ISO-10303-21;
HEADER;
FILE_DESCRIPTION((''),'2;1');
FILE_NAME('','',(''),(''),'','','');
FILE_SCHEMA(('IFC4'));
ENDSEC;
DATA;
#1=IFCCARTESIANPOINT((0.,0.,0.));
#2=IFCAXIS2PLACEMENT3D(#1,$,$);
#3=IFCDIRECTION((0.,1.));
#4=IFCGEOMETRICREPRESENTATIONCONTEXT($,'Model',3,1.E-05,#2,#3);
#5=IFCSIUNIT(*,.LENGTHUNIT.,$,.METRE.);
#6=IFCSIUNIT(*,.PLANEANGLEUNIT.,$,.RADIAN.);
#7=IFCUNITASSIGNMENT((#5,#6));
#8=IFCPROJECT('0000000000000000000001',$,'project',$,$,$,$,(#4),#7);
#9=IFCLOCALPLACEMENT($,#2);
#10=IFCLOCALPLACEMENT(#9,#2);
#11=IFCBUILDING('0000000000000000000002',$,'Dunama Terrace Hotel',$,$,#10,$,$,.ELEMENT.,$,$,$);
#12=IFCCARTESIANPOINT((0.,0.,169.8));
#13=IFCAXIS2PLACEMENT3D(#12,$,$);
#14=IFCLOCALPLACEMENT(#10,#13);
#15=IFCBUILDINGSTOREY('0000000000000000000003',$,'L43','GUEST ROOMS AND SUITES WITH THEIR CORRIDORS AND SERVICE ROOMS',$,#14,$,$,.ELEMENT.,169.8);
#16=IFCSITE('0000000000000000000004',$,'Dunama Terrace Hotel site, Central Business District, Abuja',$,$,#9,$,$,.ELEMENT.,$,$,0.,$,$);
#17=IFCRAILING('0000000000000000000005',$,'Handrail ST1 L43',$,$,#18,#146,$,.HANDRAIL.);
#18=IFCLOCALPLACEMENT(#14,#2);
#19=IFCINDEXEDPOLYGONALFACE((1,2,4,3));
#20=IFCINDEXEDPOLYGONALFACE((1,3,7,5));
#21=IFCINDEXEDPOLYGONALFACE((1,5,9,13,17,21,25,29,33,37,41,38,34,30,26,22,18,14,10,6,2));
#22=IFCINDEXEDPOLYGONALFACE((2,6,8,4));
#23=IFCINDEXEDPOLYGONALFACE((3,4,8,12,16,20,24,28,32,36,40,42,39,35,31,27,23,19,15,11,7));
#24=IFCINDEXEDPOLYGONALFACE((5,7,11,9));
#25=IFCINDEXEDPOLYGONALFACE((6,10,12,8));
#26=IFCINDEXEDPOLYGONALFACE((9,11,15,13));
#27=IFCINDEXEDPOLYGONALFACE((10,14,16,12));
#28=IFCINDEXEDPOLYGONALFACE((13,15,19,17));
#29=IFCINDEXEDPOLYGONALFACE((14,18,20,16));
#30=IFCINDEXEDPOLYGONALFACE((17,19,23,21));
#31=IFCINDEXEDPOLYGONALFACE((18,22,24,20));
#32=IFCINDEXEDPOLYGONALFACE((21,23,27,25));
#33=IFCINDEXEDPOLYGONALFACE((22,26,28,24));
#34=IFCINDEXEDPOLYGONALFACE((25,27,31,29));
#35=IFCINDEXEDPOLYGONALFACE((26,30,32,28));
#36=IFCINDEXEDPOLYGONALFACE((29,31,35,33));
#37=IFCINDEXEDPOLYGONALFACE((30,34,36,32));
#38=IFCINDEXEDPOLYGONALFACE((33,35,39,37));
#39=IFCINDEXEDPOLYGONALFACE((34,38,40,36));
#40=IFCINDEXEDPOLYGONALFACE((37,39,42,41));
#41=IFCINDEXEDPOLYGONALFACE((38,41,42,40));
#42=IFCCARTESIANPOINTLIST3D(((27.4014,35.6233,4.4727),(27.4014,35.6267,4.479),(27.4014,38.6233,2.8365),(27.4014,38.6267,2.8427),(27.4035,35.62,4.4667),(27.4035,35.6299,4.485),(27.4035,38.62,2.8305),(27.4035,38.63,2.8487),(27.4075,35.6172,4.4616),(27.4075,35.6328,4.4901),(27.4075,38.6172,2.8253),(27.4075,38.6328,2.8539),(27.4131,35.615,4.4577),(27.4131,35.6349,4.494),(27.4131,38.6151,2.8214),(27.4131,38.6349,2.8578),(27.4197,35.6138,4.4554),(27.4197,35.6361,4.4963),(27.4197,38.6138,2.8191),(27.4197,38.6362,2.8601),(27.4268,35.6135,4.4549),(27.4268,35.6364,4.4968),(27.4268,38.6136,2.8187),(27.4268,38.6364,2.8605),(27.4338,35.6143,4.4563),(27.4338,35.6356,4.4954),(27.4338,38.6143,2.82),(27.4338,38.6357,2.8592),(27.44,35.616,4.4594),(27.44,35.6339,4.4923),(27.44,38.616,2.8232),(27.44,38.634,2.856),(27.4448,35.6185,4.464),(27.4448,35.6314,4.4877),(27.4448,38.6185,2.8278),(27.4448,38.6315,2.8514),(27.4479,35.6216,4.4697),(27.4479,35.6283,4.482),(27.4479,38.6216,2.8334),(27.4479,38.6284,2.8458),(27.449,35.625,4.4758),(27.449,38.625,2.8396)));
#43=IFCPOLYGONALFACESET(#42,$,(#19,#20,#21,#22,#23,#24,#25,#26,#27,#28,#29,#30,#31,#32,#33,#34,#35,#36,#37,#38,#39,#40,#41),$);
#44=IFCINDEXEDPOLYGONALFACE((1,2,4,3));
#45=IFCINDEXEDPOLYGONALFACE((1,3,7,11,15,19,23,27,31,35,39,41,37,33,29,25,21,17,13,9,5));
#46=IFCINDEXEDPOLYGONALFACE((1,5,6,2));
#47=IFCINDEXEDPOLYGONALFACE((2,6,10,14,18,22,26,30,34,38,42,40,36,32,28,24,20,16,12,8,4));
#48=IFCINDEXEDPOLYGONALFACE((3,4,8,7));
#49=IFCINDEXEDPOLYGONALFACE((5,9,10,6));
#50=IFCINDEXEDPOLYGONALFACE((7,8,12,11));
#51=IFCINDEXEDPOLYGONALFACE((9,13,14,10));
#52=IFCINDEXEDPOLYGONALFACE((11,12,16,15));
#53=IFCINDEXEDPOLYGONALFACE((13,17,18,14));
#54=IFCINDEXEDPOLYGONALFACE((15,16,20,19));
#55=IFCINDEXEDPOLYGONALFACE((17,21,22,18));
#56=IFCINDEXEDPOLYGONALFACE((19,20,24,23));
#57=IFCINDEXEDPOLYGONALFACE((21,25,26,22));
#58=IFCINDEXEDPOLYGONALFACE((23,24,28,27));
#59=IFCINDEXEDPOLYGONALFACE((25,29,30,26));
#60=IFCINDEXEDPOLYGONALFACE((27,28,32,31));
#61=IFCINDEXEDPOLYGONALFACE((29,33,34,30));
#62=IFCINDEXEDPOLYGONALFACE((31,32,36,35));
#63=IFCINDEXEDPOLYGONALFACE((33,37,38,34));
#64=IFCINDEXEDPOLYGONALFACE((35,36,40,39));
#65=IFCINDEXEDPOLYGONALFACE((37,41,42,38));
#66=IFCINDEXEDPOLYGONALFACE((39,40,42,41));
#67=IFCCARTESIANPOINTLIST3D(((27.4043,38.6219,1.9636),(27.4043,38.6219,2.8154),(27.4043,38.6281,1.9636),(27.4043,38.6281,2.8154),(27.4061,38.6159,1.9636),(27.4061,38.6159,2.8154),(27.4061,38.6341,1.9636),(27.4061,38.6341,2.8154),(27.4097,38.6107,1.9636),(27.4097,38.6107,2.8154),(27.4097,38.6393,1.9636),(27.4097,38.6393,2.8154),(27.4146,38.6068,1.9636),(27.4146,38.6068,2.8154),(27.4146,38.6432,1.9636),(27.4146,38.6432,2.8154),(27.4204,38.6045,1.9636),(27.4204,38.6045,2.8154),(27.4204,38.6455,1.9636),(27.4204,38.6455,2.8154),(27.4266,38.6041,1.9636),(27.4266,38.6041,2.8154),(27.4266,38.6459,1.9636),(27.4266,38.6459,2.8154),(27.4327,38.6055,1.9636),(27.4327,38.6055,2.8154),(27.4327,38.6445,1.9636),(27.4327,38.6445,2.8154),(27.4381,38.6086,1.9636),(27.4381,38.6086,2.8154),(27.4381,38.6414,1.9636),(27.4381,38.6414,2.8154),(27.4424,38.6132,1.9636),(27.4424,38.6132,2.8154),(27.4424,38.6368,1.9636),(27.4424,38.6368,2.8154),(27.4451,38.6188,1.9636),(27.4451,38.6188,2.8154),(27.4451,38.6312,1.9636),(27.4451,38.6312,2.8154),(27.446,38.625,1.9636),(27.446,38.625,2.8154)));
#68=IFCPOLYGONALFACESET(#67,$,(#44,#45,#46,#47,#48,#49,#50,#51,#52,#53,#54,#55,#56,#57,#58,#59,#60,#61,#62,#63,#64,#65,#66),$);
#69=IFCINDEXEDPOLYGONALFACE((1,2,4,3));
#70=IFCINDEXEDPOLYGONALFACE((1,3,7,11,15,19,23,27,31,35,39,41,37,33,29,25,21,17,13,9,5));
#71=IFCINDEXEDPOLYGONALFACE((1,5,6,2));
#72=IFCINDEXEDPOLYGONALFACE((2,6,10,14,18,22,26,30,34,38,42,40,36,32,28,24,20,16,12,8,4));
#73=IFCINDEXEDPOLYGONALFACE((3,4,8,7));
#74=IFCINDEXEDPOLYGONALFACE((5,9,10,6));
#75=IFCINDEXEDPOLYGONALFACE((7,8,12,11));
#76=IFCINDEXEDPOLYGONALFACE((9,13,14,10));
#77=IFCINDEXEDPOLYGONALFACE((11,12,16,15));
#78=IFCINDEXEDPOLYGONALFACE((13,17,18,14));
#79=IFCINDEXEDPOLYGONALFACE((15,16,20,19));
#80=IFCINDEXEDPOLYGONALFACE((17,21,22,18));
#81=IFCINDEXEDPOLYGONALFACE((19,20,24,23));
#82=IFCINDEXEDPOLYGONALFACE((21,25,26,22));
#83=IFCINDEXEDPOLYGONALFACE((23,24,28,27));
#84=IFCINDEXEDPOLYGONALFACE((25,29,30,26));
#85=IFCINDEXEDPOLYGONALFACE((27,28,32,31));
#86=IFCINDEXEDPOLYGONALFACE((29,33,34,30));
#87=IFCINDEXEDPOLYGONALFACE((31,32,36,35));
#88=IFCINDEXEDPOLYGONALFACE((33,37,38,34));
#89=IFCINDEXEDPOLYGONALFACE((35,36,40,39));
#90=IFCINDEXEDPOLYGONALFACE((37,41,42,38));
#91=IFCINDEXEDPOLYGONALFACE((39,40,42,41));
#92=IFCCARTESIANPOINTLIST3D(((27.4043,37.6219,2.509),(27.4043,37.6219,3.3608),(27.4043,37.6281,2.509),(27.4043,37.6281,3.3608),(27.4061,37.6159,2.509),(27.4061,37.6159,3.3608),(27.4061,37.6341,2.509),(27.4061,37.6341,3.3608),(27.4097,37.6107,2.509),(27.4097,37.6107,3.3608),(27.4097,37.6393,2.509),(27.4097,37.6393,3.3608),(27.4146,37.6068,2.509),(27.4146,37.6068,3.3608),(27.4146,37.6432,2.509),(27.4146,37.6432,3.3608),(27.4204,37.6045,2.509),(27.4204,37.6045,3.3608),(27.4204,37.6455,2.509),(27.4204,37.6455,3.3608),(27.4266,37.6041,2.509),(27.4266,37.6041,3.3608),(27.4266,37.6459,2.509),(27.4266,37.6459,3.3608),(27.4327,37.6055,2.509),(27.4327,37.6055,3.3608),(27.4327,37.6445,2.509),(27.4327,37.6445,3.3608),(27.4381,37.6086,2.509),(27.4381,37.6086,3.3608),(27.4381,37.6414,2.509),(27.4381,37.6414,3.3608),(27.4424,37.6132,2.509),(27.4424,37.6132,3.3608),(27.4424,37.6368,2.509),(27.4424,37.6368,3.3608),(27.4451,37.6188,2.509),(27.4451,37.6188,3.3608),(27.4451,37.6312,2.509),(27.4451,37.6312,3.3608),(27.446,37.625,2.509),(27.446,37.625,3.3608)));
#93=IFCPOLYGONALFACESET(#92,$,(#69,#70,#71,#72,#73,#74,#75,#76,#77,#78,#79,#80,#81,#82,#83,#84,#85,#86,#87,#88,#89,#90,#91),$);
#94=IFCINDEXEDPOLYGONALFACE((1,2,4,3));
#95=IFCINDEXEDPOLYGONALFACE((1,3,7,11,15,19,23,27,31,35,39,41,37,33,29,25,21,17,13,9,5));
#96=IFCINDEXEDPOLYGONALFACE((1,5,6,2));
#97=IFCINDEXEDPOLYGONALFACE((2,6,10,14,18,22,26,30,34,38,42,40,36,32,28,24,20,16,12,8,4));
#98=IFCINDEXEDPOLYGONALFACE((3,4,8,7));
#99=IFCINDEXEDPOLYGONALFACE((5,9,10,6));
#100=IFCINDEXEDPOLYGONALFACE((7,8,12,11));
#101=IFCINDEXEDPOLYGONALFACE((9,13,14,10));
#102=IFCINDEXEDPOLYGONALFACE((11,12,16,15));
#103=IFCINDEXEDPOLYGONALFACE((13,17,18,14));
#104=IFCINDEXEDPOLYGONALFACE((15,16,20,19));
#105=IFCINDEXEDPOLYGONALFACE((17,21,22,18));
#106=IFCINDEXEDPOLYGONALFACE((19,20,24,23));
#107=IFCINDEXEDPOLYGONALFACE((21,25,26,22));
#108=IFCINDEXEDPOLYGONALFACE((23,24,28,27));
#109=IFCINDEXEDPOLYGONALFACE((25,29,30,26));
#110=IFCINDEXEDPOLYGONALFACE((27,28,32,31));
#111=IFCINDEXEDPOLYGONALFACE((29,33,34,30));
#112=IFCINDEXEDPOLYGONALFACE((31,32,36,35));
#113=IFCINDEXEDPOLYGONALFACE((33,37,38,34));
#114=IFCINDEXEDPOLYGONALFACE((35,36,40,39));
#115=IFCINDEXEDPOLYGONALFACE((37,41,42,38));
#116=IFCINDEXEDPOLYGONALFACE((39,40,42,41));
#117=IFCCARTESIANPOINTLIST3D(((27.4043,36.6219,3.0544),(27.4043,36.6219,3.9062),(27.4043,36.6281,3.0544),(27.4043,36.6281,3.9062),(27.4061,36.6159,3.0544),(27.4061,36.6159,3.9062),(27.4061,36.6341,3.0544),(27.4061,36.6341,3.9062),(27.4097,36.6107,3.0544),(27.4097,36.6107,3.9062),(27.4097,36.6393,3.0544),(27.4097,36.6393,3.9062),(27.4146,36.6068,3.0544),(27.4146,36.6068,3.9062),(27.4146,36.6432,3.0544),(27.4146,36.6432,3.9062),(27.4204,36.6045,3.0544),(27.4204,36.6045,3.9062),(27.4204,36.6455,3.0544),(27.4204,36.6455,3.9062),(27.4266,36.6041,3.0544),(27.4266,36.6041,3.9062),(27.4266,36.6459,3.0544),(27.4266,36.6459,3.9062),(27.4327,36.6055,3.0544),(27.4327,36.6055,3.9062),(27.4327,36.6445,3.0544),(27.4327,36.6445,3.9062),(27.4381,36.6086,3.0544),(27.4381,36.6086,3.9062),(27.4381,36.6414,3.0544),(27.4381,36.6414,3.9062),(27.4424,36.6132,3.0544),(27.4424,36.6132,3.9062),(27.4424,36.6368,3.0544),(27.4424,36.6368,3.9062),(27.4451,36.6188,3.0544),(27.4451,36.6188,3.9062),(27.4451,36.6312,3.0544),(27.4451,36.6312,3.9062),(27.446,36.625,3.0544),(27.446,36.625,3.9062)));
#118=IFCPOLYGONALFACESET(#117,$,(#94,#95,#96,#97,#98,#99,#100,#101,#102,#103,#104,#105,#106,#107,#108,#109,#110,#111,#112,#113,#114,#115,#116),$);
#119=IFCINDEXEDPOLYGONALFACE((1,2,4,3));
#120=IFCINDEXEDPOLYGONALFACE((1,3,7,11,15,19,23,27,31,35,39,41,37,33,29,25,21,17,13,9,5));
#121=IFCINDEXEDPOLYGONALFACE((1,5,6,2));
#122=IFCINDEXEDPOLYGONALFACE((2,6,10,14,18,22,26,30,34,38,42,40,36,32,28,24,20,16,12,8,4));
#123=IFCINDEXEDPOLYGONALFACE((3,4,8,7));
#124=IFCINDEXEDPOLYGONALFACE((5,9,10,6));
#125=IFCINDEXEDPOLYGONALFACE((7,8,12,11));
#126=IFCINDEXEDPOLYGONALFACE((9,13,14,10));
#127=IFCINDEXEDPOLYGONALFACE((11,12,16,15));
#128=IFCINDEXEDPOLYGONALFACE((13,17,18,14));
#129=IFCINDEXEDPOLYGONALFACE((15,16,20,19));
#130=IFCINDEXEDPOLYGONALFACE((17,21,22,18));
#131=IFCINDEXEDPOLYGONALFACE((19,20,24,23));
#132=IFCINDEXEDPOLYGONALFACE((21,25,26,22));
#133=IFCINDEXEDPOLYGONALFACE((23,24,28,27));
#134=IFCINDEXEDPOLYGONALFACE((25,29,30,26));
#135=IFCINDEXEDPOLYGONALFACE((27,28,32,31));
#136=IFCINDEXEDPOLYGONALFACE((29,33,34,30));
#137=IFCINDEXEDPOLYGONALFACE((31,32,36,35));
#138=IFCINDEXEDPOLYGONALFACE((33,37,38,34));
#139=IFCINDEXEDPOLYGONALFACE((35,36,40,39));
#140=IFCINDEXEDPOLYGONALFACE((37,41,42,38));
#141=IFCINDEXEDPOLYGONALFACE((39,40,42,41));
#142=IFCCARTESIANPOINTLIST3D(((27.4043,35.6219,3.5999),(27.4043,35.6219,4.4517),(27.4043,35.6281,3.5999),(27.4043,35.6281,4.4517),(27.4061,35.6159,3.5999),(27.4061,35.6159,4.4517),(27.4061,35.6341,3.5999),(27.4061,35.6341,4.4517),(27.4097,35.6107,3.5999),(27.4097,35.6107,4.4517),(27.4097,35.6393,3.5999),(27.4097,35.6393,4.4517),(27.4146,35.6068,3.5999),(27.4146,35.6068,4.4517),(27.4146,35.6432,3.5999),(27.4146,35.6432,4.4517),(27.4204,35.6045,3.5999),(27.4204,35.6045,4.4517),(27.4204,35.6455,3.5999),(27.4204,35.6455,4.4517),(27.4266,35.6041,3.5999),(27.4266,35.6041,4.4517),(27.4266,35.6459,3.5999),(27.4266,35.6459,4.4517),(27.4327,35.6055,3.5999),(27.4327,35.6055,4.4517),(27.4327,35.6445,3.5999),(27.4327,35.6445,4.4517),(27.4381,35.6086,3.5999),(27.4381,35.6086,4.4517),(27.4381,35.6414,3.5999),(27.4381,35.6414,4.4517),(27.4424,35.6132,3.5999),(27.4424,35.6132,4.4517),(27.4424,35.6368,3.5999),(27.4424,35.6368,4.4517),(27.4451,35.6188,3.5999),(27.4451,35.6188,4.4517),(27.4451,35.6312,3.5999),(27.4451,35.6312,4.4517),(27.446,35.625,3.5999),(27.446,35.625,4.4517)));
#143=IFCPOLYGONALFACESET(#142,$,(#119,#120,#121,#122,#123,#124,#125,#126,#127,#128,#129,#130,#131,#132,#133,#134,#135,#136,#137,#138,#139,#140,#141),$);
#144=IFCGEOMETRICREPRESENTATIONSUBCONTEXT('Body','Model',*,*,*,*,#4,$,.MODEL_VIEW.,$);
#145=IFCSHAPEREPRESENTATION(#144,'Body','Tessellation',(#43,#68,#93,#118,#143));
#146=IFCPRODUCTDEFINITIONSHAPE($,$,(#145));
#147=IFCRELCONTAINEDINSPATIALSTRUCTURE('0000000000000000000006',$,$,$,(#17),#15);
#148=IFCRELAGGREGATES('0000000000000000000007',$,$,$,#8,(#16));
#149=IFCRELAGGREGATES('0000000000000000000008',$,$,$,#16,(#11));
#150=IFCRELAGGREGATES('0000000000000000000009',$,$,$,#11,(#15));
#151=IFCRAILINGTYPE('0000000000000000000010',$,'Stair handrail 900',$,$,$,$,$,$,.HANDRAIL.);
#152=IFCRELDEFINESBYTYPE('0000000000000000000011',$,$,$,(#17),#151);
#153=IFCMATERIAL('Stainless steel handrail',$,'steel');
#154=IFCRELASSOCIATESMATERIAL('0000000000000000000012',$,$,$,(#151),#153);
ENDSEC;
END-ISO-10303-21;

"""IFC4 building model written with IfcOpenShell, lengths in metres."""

from ifc_helpers import new_model, si_unit, direction, frame, origin, origin_2d, place, context, subcontext, project, spatial, circle, extrude, material, type_object, element, save


model = new_model("IFC4")

# Units and contexts
model_context = context("Model", 3, precision=1e-05, world=origin(), true_north=direction((0.0, 1.0)))
body_context = subcontext(model_context, "Body", "Model", "MODEL_VIEW")
ifc_project = project(units=[si_unit("LENGTHUNIT", "METRE"), si_unit("PLANEANGLEUNIT", "RADIAN")], contexts=[model_context])

# Site, building, storey
site_placement = place(None, origin())
site = spatial("IfcSite", under=ifc_project, at=site_placement, Name="Dunama Terrace Hotel site, Central Business District, Abuja", CompositionType="ELEMENT", RefElevation=0.0)
building_placement = place(site_placement, origin())
building = spatial("IfcBuilding", under=site, at=building_placement, Name="Dunama Terrace Hotel", CompositionType="ELEMENT")
storey_placement = place(building_placement, frame((0.0, 0.0, 169.8)))
storey = spatial("IfcBuildingStorey", under=building, at=storey_placement, Name="L43", Description="GUEST ROOMS AND SUITES WITH THEIR CORRIDORS AND SERVICE ROOMS", CompositionType="ELEMENT", Elevation=169.8)

# Railing
ifc_material_1 = material(Name="Stainless steel handrail", Category="steel")
railing_type = type_object("IfcRailingType", Name="Stair handrail 900", PredefinedType="HANDRAIL", material=ifc_material_1)
railing_placement = place(storey_placement, frame((27.425, 38.625, 1.9636)))
element("IfcRailing", 1, at=railing_placement, inside=storey, type_object=railing_type, Name="Handrail ST1 L43", PredefinedType="HANDRAIL", context=body_context, shape_type="SweptSolid", body=[
    extrude(circle(Radius=0.0239, at=origin_2d()), frame((0.0, 0.0, 0.876), z_axis=(0.0, -0.877912, 0.478822), x_axis=(1.0, 0.0, 0.0)), (0.0, 0.0, 1.0), 3.4172),
    extrude(circle(Radius=0.021, at=origin_2d()), origin(), (0.0, 0.0, 1.0), 0.8518),
    extrude(circle(Radius=0.021, at=origin_2d()), frame((0.0, -1.0, 0.5454)), (0.0, 0.0, 1.0), 0.8518),
    extrude(circle(Radius=0.021, at=origin_2d()), frame((0.0, -2.0, 1.0908)), (0.0, 0.0, 1.0), 0.8518),
    extrude(circle(Radius=0.021, at=origin_2d()), frame((0.0, -3.0, 1.6362)), (0.0, 0.0, 1.0), 0.8518),
])

save(model, "model.ifc")
